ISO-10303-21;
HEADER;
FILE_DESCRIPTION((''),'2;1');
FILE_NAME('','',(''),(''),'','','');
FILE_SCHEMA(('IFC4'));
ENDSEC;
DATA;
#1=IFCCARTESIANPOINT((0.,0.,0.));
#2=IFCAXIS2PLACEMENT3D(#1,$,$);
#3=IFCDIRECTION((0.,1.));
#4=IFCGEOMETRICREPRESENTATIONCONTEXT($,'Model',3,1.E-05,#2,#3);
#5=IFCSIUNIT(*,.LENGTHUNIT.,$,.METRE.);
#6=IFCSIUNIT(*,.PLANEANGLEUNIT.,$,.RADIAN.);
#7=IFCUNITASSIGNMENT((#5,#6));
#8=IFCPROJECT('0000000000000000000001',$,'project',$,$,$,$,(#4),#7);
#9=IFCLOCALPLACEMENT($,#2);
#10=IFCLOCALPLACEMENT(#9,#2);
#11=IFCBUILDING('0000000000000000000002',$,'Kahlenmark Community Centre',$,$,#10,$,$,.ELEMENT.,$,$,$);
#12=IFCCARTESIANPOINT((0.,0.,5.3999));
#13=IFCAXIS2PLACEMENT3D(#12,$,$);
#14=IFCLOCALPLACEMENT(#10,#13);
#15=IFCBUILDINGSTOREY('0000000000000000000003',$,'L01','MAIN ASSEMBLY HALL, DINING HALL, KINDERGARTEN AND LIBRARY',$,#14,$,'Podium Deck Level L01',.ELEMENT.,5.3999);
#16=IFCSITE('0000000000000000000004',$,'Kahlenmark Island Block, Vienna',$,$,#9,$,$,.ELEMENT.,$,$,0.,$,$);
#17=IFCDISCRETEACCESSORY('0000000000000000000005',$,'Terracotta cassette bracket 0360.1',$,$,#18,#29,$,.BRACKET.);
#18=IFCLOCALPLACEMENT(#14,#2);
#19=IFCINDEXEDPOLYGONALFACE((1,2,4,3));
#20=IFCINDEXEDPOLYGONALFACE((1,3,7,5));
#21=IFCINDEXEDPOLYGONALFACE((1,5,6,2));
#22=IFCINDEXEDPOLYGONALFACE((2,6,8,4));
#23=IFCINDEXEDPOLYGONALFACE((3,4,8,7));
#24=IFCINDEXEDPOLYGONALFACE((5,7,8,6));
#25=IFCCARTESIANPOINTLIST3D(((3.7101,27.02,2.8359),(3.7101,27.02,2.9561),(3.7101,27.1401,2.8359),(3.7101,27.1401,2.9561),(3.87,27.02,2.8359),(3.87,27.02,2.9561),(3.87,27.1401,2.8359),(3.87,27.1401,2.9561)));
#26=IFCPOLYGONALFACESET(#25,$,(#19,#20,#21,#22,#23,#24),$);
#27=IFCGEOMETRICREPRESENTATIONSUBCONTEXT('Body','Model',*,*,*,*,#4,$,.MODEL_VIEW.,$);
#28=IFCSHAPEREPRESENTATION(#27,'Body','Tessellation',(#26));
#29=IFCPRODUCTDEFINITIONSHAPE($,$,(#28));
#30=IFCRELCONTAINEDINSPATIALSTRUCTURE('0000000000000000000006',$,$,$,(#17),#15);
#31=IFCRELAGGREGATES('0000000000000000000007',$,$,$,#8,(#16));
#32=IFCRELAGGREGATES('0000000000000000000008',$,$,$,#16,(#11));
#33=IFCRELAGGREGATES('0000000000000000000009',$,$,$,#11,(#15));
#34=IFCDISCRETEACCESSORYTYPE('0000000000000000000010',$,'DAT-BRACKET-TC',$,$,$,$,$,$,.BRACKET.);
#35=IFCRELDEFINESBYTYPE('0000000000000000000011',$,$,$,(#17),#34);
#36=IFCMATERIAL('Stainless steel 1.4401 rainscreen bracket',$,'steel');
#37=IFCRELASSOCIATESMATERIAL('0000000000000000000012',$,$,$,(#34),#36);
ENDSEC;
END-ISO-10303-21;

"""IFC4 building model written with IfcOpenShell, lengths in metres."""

from ifc_helpers import new_model, si_unit, direction, frame, origin, origin_2d, place, context, subcontext, project, spatial, rectangle, extrude, material, type_object, element, save


model = new_model("IFC4")

# Units and contexts
model_context = context("Model", 3, precision=1e-05, world=origin(), true_north=direction((0.0, 1.0)))
body_context = subcontext(model_context, "Body", "Model", "MODEL_VIEW")
ifc_project = project(units=[si_unit("LENGTHUNIT", "METRE"), si_unit("PLANEANGLEUNIT", "RADIAN")], contexts=[model_context])

# Site, building, storey
site_placement = place(None, origin())
site = spatial("IfcSite", under=ifc_project, at=site_placement, Name="Kahlenmark Island Block, Vienna", CompositionType="ELEMENT", RefElevation=0.0)
building_placement = place(site_placement, origin())
building = spatial("IfcBuilding", under=site, at=building_placement, Name="Kahlenmark Community Centre", CompositionType="ELEMENT")
storey_placement = place(building_placement, frame((0.0, 0.0, 5.3999)))
storey = spatial("IfcBuildingStorey", under=building, at=storey_placement, Name="L01", Description="MAIN ASSEMBLY HALL, DINING HALL, KINDERGARTEN AND LIBRARY", LongName="Podium Deck Level L01", CompositionType="ELEMENT", Elevation=5.3999)

# Discrete accessory
ifc_material_1 = material(Name="Stainless steel 1.4401 rainscreen bracket", Category="steel")
discrete_accessory_type = type_object("IfcDiscreteAccessoryType", Name="DAT-BRACKET-TC", PredefinedType="BRACKET", material=ifc_material_1)
for number, where, z_axis, x_axis, name in (
    (1, (3.79, 27.0801, 2.8359), (0.0, 0.0, 1.0), (0.0, -1.0, 0.0), "Terracotta cassette bracket 0360.1"),
):
    element("IfcDiscreteAccessory", number, at=place(storey_placement, frame(where, z_axis=z_axis, x_axis=x_axis)), inside=storey, type_object=discrete_accessory_type, Name=name, PredefinedType="BRACKET", context=body_context, shape_type="SweptSolid", body=[
        extrude(rectangle(XDim=0.1201, YDim=0.1599, at=origin_2d()), origin(), (0.0, 0.0, 1.0), 0.1201),
    ])

save(model, "model.ifc")
